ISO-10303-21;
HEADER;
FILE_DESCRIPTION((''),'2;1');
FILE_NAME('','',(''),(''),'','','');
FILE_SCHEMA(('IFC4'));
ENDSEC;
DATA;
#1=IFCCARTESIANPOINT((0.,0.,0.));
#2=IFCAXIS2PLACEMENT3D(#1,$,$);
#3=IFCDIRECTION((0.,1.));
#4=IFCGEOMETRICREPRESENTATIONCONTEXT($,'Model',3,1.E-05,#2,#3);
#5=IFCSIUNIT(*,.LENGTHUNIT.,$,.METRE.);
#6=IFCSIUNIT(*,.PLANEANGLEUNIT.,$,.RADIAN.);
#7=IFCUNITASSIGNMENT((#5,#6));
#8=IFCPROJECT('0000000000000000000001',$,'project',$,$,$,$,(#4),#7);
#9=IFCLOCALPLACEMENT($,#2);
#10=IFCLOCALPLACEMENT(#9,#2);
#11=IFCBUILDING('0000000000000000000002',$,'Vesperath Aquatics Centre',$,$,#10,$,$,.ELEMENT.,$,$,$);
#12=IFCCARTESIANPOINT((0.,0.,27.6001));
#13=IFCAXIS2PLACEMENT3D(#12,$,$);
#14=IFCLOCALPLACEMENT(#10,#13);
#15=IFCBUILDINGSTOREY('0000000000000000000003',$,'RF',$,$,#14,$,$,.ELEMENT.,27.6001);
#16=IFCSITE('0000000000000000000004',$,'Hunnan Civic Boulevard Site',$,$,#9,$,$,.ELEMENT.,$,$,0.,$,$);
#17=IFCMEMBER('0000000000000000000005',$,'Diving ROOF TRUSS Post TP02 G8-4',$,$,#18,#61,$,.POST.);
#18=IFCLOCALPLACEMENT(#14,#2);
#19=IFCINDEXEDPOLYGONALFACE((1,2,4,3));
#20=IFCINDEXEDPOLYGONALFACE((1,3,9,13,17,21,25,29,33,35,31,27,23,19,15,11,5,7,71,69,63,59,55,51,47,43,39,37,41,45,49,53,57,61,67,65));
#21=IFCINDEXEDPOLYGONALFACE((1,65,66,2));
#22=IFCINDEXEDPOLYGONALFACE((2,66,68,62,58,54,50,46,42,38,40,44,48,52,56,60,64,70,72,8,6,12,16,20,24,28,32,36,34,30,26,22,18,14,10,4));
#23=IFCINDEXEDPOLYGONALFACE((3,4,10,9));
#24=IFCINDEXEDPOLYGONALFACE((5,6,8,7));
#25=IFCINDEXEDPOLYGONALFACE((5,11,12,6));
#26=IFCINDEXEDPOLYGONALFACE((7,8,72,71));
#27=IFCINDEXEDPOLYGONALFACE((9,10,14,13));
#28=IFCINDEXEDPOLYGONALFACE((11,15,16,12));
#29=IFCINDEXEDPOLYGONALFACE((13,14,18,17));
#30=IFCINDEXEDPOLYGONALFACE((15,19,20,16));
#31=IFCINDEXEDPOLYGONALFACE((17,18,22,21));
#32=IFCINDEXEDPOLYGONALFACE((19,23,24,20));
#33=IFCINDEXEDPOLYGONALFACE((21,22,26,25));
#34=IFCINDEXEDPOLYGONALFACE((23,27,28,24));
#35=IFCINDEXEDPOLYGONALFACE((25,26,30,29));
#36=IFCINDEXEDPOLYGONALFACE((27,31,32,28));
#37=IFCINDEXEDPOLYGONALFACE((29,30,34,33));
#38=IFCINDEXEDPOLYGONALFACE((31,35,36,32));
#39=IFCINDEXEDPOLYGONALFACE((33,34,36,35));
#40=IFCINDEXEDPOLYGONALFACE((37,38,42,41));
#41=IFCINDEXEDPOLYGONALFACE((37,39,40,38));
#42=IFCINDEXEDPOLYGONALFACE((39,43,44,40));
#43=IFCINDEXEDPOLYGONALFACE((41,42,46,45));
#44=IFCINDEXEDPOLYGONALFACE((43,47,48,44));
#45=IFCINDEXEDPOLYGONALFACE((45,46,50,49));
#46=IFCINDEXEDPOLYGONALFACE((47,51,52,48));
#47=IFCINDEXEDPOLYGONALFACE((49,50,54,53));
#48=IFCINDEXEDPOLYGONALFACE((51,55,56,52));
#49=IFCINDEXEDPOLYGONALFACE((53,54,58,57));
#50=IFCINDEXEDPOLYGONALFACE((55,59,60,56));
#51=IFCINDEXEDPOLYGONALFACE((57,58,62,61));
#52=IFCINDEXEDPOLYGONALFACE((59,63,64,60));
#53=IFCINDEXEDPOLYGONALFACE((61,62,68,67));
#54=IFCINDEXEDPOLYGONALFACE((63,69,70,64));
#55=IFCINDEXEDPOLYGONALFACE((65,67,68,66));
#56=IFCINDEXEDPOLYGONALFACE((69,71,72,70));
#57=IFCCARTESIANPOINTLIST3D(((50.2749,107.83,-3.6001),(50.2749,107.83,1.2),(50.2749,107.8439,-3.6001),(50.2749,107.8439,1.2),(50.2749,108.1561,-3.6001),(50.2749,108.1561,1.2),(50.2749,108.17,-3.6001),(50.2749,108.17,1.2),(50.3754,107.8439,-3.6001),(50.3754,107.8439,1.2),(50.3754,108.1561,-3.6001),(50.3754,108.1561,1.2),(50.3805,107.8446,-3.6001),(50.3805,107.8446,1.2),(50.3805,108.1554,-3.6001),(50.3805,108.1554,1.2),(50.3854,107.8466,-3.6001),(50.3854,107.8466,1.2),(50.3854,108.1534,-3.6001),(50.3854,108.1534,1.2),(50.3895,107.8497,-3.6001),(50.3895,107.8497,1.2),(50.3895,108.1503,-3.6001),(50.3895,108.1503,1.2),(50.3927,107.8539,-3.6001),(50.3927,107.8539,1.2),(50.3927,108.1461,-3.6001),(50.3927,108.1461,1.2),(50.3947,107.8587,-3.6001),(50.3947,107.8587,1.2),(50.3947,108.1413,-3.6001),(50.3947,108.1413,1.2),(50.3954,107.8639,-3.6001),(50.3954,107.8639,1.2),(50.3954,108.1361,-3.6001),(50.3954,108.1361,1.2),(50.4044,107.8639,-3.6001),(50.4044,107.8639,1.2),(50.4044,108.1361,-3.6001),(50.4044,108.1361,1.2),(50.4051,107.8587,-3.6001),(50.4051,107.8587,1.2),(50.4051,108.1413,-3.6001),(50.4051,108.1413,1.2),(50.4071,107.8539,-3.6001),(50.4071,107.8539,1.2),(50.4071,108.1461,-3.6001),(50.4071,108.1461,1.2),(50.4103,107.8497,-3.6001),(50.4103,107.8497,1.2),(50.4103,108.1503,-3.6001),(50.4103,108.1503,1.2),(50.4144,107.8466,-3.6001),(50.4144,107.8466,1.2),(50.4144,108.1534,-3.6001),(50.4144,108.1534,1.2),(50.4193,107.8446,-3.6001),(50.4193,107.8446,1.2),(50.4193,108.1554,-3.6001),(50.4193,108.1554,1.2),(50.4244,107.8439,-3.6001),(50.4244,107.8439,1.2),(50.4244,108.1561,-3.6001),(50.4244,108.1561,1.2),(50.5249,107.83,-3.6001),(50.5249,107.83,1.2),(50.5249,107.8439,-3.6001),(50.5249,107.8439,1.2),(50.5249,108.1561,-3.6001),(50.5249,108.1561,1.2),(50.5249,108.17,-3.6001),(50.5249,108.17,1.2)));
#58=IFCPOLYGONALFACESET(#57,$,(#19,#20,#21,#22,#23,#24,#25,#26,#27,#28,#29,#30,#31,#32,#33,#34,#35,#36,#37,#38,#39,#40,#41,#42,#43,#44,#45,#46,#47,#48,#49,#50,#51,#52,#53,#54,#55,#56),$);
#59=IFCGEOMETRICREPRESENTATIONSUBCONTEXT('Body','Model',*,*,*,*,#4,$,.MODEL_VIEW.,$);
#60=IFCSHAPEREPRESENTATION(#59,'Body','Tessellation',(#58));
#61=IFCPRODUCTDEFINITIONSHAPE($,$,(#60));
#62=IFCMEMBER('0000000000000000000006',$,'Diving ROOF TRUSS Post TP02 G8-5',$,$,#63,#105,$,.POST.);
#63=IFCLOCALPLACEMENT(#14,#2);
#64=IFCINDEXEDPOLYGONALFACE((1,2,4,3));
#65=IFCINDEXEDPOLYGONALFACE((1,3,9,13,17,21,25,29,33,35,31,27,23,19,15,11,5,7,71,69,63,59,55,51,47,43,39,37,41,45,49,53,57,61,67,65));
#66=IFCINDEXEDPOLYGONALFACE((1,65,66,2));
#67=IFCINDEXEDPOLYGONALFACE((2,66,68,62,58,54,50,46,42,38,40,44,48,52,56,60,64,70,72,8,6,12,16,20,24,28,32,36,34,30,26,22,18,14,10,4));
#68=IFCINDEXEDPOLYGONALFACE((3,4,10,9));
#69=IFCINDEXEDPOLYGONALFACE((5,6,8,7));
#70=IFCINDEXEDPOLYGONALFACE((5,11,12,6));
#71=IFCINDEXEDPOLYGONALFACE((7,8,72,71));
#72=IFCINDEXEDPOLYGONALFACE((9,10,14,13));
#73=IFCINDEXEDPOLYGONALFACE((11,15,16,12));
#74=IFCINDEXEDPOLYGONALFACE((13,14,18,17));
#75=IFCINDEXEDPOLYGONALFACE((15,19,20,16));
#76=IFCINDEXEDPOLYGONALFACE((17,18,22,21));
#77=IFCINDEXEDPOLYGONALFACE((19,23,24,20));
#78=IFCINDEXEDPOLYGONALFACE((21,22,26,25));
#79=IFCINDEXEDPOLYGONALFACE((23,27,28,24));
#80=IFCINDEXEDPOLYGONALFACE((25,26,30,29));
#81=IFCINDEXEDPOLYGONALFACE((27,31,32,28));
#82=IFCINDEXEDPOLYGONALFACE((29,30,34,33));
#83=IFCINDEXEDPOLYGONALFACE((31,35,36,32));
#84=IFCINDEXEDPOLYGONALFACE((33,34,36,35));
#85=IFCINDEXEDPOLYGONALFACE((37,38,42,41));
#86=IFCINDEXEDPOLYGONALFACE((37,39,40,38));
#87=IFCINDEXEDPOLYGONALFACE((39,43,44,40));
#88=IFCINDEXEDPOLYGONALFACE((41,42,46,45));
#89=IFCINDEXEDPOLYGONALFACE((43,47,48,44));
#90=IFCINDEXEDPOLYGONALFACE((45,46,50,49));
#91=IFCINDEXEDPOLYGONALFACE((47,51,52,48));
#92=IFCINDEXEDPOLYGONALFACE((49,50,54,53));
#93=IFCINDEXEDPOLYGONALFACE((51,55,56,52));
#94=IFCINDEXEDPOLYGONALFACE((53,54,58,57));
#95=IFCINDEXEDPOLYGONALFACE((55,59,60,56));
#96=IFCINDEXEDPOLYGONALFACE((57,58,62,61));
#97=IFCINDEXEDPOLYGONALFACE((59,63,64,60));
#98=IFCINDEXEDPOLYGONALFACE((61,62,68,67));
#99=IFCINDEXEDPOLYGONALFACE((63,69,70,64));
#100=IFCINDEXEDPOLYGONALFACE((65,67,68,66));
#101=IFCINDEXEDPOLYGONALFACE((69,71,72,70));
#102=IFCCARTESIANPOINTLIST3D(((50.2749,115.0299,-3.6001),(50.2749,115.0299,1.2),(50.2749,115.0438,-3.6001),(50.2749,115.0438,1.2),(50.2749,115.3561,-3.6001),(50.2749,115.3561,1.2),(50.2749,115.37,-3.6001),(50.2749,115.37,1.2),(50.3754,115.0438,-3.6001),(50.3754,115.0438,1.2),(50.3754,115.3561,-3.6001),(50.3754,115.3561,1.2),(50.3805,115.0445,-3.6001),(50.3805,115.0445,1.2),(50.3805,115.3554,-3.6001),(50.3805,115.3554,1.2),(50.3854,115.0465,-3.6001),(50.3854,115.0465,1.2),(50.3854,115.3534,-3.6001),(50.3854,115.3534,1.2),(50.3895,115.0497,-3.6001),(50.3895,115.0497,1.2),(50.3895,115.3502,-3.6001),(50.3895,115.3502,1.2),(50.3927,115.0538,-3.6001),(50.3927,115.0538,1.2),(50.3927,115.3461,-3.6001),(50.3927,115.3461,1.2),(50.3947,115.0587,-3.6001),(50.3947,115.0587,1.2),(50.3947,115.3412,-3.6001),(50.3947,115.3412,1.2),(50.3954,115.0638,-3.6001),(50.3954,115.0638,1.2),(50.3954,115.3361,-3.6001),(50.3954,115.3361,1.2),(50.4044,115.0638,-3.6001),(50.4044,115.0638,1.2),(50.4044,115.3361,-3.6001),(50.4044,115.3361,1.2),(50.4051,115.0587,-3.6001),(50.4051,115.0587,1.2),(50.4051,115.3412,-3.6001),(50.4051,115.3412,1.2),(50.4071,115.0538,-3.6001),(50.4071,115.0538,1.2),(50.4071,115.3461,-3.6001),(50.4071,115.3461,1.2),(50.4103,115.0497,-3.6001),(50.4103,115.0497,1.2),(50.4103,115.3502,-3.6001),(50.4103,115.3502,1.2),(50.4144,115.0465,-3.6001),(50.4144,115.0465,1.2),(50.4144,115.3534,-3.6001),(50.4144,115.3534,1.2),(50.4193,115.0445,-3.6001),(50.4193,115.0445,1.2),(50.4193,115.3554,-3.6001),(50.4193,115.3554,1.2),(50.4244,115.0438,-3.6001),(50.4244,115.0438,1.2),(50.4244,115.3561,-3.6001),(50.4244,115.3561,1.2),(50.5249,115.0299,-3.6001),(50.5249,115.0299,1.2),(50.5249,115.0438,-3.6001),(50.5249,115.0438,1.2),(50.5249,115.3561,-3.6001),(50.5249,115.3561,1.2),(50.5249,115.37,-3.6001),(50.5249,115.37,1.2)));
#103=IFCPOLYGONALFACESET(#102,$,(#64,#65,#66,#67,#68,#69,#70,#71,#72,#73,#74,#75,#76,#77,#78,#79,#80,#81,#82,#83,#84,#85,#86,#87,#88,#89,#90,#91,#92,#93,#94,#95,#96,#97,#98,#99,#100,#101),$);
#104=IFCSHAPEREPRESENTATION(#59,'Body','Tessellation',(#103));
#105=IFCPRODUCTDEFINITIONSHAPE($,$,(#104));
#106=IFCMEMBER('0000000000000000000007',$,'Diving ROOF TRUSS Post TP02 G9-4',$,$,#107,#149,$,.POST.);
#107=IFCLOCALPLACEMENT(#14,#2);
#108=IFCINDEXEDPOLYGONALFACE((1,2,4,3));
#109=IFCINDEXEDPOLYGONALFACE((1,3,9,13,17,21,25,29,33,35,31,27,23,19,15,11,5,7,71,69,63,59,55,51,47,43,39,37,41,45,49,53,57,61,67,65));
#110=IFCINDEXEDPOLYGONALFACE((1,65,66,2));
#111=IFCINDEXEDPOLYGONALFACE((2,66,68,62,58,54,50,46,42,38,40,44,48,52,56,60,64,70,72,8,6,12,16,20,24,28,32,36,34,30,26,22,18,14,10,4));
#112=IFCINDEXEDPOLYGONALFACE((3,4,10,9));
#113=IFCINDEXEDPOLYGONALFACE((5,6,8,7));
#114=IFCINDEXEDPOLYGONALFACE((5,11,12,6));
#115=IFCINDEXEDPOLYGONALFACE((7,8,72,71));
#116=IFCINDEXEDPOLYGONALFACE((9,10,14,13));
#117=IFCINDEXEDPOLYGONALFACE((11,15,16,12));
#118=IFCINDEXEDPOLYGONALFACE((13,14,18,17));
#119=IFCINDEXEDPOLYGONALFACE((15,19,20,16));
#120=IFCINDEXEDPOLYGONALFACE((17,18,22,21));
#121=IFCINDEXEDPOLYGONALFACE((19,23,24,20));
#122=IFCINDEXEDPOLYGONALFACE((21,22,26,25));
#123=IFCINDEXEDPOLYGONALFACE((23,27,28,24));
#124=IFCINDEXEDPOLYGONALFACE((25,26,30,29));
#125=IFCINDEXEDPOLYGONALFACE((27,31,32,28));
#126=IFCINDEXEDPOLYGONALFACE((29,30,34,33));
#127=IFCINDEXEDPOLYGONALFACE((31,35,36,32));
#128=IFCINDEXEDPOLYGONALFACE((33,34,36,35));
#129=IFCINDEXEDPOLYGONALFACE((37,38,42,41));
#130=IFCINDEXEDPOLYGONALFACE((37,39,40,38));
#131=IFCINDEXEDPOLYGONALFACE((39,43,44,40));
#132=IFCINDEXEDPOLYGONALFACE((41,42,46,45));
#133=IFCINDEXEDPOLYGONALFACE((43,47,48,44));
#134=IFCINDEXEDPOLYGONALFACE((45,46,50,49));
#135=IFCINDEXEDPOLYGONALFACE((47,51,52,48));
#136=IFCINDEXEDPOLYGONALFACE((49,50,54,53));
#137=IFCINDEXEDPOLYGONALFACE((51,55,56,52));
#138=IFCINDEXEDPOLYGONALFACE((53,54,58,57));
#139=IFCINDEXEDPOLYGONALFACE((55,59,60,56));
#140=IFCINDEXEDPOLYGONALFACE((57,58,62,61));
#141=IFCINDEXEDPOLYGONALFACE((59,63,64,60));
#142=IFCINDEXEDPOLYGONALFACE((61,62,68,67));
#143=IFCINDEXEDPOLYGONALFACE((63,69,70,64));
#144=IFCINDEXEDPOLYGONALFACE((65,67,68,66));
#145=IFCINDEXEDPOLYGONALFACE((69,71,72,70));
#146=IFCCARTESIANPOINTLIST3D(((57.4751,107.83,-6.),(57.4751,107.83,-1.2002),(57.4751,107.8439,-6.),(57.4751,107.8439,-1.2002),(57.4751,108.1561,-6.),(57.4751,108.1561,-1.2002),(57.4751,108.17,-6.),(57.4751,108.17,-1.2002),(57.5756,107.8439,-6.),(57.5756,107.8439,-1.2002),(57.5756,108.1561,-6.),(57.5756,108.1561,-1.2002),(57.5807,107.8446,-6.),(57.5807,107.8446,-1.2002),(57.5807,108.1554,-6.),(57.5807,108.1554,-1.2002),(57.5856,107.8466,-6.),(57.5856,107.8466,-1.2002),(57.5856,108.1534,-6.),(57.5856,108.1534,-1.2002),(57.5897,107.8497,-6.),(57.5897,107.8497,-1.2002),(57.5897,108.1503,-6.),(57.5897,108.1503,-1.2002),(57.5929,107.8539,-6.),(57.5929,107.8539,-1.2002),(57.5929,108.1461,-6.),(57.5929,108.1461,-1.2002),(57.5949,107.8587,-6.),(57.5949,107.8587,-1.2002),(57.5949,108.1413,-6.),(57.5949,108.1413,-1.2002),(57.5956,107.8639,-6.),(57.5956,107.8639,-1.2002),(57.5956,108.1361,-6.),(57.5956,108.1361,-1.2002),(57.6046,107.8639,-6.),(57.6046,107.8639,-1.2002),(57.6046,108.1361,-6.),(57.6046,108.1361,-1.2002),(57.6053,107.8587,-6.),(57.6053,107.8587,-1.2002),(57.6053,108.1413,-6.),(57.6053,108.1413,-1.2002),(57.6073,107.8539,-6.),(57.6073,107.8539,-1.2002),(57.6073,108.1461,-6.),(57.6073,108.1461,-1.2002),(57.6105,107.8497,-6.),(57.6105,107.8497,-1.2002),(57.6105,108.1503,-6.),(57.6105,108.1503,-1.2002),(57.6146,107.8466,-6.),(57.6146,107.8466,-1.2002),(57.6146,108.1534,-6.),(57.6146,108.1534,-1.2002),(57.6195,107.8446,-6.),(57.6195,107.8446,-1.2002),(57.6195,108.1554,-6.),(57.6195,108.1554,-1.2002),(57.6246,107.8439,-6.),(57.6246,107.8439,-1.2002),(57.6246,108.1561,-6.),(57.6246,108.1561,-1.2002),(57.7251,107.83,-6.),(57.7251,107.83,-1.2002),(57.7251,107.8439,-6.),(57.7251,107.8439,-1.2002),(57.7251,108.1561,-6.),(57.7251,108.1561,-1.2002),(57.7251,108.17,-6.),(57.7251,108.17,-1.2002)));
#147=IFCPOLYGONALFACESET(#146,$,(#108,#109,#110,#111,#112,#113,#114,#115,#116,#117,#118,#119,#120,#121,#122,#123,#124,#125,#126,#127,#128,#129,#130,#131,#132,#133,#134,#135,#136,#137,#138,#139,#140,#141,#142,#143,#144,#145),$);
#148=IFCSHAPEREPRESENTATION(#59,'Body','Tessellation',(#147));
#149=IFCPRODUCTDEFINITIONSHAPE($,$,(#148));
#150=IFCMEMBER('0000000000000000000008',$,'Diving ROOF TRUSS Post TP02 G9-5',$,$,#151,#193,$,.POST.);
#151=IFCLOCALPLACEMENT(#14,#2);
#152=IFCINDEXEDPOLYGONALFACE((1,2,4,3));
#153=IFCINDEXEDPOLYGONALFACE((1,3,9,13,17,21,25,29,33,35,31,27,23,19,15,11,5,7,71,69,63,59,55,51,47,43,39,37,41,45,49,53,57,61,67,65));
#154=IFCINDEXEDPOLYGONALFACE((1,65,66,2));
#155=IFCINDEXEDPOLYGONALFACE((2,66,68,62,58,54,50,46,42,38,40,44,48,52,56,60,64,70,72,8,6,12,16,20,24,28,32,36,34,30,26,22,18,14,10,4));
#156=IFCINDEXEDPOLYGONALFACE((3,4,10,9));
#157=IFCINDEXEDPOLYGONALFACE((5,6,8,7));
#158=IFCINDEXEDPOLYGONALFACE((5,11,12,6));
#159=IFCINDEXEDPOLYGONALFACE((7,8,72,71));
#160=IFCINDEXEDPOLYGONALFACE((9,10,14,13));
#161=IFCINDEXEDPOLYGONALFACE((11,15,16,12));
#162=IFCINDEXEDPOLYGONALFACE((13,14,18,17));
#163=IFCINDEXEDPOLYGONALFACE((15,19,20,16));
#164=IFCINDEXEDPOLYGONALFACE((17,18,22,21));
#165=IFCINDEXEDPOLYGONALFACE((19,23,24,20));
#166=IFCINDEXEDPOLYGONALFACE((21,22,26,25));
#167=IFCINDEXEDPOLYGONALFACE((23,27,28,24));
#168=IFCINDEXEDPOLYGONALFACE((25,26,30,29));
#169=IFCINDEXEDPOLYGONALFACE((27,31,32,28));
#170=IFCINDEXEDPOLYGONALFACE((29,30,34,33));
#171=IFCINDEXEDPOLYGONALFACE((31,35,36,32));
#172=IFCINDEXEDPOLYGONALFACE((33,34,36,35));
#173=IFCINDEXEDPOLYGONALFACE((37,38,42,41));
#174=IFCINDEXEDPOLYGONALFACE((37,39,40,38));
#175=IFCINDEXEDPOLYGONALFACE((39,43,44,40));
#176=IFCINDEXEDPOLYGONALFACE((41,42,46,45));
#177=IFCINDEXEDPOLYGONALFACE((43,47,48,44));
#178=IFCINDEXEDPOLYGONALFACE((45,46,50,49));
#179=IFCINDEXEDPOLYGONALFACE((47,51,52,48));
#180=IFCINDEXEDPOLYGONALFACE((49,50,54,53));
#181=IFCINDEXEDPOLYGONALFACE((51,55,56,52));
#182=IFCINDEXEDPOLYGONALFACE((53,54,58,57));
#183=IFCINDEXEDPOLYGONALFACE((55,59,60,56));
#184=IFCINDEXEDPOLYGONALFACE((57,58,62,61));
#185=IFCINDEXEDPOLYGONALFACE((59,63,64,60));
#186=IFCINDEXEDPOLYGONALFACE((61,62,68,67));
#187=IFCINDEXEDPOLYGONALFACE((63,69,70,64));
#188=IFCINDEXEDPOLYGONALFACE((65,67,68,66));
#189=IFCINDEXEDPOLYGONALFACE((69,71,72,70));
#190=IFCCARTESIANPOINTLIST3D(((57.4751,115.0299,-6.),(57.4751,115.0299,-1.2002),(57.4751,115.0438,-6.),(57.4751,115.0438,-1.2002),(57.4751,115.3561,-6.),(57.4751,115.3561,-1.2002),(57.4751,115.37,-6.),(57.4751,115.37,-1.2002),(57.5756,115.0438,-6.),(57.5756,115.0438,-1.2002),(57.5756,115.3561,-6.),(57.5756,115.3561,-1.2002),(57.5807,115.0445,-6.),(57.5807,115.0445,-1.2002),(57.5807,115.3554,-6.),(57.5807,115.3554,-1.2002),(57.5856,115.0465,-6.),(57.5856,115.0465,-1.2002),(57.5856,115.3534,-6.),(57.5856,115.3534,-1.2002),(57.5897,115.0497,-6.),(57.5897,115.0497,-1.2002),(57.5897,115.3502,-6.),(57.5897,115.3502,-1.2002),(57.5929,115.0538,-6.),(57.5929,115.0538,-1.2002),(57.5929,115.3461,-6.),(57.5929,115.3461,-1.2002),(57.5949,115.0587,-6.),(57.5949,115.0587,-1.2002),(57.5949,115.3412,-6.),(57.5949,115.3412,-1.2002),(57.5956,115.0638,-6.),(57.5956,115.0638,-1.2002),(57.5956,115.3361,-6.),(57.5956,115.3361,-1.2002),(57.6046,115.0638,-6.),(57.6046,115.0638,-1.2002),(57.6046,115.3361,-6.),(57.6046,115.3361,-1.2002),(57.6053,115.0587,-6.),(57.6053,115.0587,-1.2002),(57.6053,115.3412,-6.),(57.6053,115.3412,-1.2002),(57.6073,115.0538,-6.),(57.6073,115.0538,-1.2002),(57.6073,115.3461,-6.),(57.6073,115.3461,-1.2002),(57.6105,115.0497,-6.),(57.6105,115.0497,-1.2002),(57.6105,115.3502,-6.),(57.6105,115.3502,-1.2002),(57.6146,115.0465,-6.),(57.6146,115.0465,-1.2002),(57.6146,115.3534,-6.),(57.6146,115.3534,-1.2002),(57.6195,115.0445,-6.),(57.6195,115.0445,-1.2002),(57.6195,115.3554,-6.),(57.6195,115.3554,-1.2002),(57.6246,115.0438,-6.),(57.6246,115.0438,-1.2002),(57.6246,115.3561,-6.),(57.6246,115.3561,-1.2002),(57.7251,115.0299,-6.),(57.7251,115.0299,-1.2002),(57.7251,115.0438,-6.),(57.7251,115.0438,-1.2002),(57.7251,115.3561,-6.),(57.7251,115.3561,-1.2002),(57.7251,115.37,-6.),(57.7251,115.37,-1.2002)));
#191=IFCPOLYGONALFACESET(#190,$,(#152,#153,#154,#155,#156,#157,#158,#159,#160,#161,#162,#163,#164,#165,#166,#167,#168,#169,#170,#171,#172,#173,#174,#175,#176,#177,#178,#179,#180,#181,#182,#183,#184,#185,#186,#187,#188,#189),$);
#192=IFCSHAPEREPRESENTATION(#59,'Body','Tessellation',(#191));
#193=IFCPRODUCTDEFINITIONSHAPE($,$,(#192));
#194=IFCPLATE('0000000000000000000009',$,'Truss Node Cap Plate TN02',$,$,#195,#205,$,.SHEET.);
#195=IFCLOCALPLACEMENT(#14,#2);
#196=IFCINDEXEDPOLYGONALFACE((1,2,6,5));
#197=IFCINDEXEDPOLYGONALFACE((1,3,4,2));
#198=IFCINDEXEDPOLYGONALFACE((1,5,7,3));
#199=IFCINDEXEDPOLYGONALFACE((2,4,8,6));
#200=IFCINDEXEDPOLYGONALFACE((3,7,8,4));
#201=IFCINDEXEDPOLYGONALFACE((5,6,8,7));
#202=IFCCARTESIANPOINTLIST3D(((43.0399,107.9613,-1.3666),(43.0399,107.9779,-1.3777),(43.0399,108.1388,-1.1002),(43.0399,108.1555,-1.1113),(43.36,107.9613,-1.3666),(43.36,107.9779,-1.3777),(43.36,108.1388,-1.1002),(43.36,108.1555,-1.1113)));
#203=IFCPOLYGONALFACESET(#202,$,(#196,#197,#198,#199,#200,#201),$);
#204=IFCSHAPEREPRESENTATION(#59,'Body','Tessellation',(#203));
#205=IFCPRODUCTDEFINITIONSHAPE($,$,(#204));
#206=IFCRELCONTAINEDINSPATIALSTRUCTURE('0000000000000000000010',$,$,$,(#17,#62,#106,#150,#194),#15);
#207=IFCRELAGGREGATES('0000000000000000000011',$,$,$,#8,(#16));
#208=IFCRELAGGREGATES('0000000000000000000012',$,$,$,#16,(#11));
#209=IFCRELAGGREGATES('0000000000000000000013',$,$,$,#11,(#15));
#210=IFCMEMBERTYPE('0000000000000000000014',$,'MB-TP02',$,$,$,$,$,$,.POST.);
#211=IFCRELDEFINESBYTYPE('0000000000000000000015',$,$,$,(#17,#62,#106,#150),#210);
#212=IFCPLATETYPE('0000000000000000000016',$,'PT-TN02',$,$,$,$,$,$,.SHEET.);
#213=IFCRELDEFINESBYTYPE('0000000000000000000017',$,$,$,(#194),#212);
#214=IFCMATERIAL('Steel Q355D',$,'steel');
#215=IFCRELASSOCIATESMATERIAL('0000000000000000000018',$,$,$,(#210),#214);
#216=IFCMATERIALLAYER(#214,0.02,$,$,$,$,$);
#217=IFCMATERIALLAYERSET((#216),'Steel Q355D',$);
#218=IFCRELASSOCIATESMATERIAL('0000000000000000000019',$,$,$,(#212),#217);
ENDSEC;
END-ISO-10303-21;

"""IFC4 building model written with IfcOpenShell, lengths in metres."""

from ifc_helpers import new_model, si_unit, direction, frame, origin, origin_2d, place, context, subcontext, project, spatial, rectangle, i_section, extrude, material, layer, layer_set, material_profile, profile_set, type_object, element, save


model = new_model("IFC4")

# Units and contexts
model_context = context("Model", 3, precision=1e-05, world=origin(), true_north=direction((0.0, 1.0)))
body_context = subcontext(model_context, "Body", "Model", "MODEL_VIEW")
ifc_project = project(units=[si_unit("LENGTHUNIT", "METRE"), si_unit("PLANEANGLEUNIT", "RADIAN")], contexts=[model_context])

# Site, building, storey
site_placement = place(None, origin())
site = spatial("IfcSite", under=ifc_project, at=site_placement, Name="Hunnan Civic Boulevard Site", CompositionType="ELEMENT", RefElevation=0.0)
building_placement = place(site_placement, origin())
building = spatial("IfcBuilding", under=site, at=building_placement, Name="Vesperath Aquatics Centre", CompositionType="ELEMENT")
storey_placement = place(building_placement, frame((0.0, 0.0, 27.6001)))
storey = spatial("IfcBuildingStorey", under=building, at=storey_placement, Name="RF", CompositionType="ELEMENT", Elevation=27.6001)

# Members
ifc_material_1 = material(Name="Steel Q355D", Category="steel")
ifc_material_profile_1 = material_profile(ifc_material_1, i_section(OverallWidth=0.25, OverallDepth=0.3401, WebThickness=0.009, FlangeThickness=0.0139, FilletRadius=0.02, at=origin_2d()), Name="HM 340x250x9x14")
ifc_profile_set_1 = profile_set([ifc_material_profile_1], Name="Steel Q355D")
member_type_1 = type_object("IfcMemberType", Name="MB-TP02", PredefinedType="POST", material=ifc_profile_set_1)
for number, where, z_axis, x_axis, name in (
    (1, (50.3999, 108.0, -3.6001), (0.0, 0.0, 1.0), (1.0, 0.0, 0.0), "Diving ROOF TRUSS Post TP02 G8-4"),
    (2, (50.3999, 115.2, -3.6001), (0.0, 0.0, 1.0), (1.0, 0.0, 0.0), "Diving ROOF TRUSS Post TP02 G8-5"),
):
    element("IfcMember", number, at=place(storey_placement, frame(where, z_axis=z_axis, x_axis=x_axis)), inside=storey, type_object=member_type_1, Name=name, PredefinedType="POST", context=body_context, shape_type="SweptSolid", body=[
        extrude(i_section(OverallWidth=0.25, OverallDepth=0.3401, WebThickness=0.009, FlangeThickness=0.0139, FilletRadius=0.02, at=origin_2d()), origin(), (0.0, 0.0, 1.0), 4.8),
    ])
for number, where, z_axis, x_axis, name in (
    (3, (57.6001, 108.0, -6.0), (0.0, 0.0, 1.0), (1.0, 0.0, 0.0), "Diving ROOF TRUSS Post TP02 G9-4"),
    (4, (57.6001, 115.2, -6.0), (0.0, 0.0, 1.0), (1.0, 0.0, 0.0), "Diving ROOF TRUSS Post TP02 G9-5"),
):
    element("IfcMember", number, at=place(storey_placement, frame(where, z_axis=z_axis, x_axis=x_axis)), inside=storey, type_object=member_type_1, Name=name, PredefinedType="POST", context=body_context, shape_type="SweptSolid", body=[
        extrude(i_section(OverallWidth=0.25, OverallDepth=0.3401, WebThickness=0.009, FlangeThickness=0.0139, FilletRadius=0.02, at=origin_2d()), origin(), (0.0, 0.0, 1.0), 4.7998),
    ])

# Plate
ifc_layer = layer(ifc_material_1, 0.02)
ifc_layer_set = layer_set([ifc_layer], Name="Steel Q355D")
plate_type = type_object("IfcPlateType", Name="PT-TN02", PredefinedType="SHEET", material=ifc_layer_set)
for number, where, z_axis, x_axis, name in (
    (5, (43.2, 108.05, -1.2334), (0.0, 0.83205, -0.5547), (-1.0, 0.0, 0.0), "Truss Node Cap Plate TN02"),
):
    element("IfcPlate", number, at=place(storey_placement, frame(where, z_axis=z_axis, x_axis=x_axis)), inside=storey, type_object=plate_type, Name=name, PredefinedType="SHEET", context=body_context, shape_type="SweptSolid", body=[
        extrude(rectangle(XDim=0.3201, YDim=0.3201, at=origin_2d()), origin(), (0.0, 0.0, 1.0), 0.02),
    ])

save(model, "model.ifc")
